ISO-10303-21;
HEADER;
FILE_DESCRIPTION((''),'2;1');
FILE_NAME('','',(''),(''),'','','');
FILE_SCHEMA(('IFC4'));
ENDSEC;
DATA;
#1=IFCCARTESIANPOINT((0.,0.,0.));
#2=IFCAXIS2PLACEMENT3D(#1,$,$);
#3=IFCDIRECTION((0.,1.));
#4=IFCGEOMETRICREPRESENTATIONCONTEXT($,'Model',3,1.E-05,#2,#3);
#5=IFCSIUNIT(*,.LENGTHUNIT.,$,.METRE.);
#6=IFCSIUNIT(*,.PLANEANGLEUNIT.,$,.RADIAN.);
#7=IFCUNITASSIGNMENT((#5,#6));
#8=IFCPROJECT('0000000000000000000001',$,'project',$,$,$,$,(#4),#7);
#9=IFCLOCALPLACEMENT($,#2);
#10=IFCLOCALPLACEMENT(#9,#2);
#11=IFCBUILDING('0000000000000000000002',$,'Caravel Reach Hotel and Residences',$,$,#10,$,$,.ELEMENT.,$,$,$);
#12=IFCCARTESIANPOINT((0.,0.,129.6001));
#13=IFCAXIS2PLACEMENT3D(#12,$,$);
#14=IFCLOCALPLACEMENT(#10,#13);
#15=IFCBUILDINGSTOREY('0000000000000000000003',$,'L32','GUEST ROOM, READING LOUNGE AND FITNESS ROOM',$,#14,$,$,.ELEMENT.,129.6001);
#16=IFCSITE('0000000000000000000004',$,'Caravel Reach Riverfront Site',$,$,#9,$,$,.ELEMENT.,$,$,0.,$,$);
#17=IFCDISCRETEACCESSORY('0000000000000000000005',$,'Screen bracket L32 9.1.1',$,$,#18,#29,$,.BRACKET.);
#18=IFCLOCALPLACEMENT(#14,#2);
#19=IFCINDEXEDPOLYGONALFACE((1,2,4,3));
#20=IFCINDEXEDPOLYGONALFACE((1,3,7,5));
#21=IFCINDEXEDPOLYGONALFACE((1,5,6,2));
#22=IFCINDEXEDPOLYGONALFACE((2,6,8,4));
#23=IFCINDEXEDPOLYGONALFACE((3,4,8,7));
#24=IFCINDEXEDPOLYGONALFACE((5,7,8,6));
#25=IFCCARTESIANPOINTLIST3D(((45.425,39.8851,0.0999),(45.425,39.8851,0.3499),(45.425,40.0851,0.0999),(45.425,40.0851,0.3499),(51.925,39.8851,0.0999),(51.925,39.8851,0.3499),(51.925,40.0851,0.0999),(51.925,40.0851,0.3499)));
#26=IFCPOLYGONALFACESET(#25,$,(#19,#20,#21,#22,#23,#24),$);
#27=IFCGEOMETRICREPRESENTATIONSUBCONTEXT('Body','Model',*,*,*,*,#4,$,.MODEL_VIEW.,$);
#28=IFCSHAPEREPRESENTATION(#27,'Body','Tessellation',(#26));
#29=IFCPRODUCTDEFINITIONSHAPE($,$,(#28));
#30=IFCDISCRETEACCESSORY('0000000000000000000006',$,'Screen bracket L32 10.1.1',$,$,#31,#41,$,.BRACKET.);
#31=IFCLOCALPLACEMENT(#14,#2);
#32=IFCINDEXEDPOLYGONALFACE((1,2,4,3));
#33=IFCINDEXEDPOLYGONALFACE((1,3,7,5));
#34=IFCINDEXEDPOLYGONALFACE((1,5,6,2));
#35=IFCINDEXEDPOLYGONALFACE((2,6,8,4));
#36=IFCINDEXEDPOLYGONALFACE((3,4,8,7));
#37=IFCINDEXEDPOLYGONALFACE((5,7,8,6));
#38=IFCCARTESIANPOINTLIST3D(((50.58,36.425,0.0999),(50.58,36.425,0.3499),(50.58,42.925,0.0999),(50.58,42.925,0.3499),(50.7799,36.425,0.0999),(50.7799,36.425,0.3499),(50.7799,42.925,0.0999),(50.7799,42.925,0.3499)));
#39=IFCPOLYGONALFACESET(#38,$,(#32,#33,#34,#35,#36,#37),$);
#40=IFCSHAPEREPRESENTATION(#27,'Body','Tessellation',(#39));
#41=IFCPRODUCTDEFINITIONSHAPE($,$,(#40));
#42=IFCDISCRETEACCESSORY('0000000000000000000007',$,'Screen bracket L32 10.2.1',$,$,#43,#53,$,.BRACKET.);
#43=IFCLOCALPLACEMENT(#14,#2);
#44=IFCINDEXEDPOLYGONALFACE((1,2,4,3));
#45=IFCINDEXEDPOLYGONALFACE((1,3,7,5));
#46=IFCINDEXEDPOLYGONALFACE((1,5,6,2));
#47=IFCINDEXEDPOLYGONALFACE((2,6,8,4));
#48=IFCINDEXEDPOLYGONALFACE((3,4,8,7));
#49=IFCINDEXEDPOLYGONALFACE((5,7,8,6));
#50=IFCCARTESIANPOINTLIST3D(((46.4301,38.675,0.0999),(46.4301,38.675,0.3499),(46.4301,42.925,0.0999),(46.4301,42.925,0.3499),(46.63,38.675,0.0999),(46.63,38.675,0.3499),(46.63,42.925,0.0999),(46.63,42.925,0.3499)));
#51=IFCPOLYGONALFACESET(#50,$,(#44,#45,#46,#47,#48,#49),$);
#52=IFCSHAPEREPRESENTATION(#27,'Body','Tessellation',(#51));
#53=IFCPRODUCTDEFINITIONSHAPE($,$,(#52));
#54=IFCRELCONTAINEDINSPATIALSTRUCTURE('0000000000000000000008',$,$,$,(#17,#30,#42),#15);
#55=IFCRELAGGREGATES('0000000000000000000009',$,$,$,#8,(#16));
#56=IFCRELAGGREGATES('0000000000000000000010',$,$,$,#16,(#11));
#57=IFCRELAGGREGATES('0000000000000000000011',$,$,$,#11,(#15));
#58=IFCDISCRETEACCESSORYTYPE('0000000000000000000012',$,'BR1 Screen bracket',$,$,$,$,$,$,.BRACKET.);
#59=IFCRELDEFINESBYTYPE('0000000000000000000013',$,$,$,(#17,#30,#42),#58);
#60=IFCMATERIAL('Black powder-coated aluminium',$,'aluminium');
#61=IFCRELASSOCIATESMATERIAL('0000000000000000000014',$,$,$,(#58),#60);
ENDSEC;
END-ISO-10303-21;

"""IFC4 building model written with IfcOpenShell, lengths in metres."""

from ifc_helpers import new_model, si_unit, direction, frame, origin, origin_2d, place, context, subcontext, project, spatial, rectangle, extrude, material, type_object, element, save


model = new_model("IFC4")

# Units and contexts
model_context = context("Model", 3, precision=1e-05, world=origin(), true_north=direction((0.0, 1.0)))
body_context = subcontext(model_context, "Body", "Model", "MODEL_VIEW")
ifc_project = project(units=[si_unit("LENGTHUNIT", "METRE"), si_unit("PLANEANGLEUNIT", "RADIAN")], contexts=[model_context])

# Site, building, storey
site_placement = place(None, origin())
site = spatial("IfcSite", under=ifc_project, at=site_placement, Name="Caravel Reach Riverfront Site", CompositionType="ELEMENT", RefElevation=0.0)
building_placement = place(site_placement, origin())
building = spatial("IfcBuilding", under=site, at=building_placement, Name="Caravel Reach Hotel and Residences", CompositionType="ELEMENT")
storey_placement = place(building_placement, frame((0.0, 0.0, 129.6001)))
storey = spatial("IfcBuildingStorey", under=building, at=storey_placement, Name="L32", Description="GUEST ROOM, READING LOUNGE AND FITNESS ROOM", CompositionType="ELEMENT", Elevation=129.6001)

# Discrete accessories
ifc_material_1 = material(Name="Black powder-coated aluminium", Category="aluminium")
discrete_accessory_type = type_object("IfcDiscreteAccessoryType", Name="BR1 Screen bracket", PredefinedType="BRACKET", material=ifc_material_1)
for number, where, z_axis, x_axis, name in (
    (1, (48.675, 39.9851, 0.0999), (0.0, 0.0, 1.0), (1.0, 0.0, 0.0), "Screen bracket L32 9.1.1"),
    (2, (50.6799, 39.675, 0.0999), (0.0, 0.0, 1.0), (0.0, 1.0, 0.0), "Screen bracket L32 10.1.1"),
):
    element("IfcDiscreteAccessory", number, at=place(storey_placement, frame(where, z_axis=z_axis, x_axis=x_axis)), inside=storey, type_object=discrete_accessory_type, Name=name, PredefinedType="BRACKET", context=body_context, shape_type="SweptSolid", body=[
        extrude(rectangle(XDim=6.5, YDim=0.2, at=origin_2d()), origin(), (0.0, 0.0, 1.0), 0.25),
    ])
discrete_accessory_placement = place(storey_placement, frame((46.53, 40.8, 0.0999), z_axis=(0.0, 0.0, 1.0), x_axis=(0.0, 1.0, 0.0)))
element("IfcDiscreteAccessory", 3, at=discrete_accessory_placement, inside=storey, type_object=discrete_accessory_type, Name="Screen bracket L32 10.2.1", PredefinedType="BRACKET", context=body_context, shape_type="SweptSolid", body=[
    extrude(rectangle(XDim=4.25, YDim=0.2, at=origin_2d()), origin(), (0.0, 0.0, 1.0), 0.25),
])

save(model, "model.ifc")
